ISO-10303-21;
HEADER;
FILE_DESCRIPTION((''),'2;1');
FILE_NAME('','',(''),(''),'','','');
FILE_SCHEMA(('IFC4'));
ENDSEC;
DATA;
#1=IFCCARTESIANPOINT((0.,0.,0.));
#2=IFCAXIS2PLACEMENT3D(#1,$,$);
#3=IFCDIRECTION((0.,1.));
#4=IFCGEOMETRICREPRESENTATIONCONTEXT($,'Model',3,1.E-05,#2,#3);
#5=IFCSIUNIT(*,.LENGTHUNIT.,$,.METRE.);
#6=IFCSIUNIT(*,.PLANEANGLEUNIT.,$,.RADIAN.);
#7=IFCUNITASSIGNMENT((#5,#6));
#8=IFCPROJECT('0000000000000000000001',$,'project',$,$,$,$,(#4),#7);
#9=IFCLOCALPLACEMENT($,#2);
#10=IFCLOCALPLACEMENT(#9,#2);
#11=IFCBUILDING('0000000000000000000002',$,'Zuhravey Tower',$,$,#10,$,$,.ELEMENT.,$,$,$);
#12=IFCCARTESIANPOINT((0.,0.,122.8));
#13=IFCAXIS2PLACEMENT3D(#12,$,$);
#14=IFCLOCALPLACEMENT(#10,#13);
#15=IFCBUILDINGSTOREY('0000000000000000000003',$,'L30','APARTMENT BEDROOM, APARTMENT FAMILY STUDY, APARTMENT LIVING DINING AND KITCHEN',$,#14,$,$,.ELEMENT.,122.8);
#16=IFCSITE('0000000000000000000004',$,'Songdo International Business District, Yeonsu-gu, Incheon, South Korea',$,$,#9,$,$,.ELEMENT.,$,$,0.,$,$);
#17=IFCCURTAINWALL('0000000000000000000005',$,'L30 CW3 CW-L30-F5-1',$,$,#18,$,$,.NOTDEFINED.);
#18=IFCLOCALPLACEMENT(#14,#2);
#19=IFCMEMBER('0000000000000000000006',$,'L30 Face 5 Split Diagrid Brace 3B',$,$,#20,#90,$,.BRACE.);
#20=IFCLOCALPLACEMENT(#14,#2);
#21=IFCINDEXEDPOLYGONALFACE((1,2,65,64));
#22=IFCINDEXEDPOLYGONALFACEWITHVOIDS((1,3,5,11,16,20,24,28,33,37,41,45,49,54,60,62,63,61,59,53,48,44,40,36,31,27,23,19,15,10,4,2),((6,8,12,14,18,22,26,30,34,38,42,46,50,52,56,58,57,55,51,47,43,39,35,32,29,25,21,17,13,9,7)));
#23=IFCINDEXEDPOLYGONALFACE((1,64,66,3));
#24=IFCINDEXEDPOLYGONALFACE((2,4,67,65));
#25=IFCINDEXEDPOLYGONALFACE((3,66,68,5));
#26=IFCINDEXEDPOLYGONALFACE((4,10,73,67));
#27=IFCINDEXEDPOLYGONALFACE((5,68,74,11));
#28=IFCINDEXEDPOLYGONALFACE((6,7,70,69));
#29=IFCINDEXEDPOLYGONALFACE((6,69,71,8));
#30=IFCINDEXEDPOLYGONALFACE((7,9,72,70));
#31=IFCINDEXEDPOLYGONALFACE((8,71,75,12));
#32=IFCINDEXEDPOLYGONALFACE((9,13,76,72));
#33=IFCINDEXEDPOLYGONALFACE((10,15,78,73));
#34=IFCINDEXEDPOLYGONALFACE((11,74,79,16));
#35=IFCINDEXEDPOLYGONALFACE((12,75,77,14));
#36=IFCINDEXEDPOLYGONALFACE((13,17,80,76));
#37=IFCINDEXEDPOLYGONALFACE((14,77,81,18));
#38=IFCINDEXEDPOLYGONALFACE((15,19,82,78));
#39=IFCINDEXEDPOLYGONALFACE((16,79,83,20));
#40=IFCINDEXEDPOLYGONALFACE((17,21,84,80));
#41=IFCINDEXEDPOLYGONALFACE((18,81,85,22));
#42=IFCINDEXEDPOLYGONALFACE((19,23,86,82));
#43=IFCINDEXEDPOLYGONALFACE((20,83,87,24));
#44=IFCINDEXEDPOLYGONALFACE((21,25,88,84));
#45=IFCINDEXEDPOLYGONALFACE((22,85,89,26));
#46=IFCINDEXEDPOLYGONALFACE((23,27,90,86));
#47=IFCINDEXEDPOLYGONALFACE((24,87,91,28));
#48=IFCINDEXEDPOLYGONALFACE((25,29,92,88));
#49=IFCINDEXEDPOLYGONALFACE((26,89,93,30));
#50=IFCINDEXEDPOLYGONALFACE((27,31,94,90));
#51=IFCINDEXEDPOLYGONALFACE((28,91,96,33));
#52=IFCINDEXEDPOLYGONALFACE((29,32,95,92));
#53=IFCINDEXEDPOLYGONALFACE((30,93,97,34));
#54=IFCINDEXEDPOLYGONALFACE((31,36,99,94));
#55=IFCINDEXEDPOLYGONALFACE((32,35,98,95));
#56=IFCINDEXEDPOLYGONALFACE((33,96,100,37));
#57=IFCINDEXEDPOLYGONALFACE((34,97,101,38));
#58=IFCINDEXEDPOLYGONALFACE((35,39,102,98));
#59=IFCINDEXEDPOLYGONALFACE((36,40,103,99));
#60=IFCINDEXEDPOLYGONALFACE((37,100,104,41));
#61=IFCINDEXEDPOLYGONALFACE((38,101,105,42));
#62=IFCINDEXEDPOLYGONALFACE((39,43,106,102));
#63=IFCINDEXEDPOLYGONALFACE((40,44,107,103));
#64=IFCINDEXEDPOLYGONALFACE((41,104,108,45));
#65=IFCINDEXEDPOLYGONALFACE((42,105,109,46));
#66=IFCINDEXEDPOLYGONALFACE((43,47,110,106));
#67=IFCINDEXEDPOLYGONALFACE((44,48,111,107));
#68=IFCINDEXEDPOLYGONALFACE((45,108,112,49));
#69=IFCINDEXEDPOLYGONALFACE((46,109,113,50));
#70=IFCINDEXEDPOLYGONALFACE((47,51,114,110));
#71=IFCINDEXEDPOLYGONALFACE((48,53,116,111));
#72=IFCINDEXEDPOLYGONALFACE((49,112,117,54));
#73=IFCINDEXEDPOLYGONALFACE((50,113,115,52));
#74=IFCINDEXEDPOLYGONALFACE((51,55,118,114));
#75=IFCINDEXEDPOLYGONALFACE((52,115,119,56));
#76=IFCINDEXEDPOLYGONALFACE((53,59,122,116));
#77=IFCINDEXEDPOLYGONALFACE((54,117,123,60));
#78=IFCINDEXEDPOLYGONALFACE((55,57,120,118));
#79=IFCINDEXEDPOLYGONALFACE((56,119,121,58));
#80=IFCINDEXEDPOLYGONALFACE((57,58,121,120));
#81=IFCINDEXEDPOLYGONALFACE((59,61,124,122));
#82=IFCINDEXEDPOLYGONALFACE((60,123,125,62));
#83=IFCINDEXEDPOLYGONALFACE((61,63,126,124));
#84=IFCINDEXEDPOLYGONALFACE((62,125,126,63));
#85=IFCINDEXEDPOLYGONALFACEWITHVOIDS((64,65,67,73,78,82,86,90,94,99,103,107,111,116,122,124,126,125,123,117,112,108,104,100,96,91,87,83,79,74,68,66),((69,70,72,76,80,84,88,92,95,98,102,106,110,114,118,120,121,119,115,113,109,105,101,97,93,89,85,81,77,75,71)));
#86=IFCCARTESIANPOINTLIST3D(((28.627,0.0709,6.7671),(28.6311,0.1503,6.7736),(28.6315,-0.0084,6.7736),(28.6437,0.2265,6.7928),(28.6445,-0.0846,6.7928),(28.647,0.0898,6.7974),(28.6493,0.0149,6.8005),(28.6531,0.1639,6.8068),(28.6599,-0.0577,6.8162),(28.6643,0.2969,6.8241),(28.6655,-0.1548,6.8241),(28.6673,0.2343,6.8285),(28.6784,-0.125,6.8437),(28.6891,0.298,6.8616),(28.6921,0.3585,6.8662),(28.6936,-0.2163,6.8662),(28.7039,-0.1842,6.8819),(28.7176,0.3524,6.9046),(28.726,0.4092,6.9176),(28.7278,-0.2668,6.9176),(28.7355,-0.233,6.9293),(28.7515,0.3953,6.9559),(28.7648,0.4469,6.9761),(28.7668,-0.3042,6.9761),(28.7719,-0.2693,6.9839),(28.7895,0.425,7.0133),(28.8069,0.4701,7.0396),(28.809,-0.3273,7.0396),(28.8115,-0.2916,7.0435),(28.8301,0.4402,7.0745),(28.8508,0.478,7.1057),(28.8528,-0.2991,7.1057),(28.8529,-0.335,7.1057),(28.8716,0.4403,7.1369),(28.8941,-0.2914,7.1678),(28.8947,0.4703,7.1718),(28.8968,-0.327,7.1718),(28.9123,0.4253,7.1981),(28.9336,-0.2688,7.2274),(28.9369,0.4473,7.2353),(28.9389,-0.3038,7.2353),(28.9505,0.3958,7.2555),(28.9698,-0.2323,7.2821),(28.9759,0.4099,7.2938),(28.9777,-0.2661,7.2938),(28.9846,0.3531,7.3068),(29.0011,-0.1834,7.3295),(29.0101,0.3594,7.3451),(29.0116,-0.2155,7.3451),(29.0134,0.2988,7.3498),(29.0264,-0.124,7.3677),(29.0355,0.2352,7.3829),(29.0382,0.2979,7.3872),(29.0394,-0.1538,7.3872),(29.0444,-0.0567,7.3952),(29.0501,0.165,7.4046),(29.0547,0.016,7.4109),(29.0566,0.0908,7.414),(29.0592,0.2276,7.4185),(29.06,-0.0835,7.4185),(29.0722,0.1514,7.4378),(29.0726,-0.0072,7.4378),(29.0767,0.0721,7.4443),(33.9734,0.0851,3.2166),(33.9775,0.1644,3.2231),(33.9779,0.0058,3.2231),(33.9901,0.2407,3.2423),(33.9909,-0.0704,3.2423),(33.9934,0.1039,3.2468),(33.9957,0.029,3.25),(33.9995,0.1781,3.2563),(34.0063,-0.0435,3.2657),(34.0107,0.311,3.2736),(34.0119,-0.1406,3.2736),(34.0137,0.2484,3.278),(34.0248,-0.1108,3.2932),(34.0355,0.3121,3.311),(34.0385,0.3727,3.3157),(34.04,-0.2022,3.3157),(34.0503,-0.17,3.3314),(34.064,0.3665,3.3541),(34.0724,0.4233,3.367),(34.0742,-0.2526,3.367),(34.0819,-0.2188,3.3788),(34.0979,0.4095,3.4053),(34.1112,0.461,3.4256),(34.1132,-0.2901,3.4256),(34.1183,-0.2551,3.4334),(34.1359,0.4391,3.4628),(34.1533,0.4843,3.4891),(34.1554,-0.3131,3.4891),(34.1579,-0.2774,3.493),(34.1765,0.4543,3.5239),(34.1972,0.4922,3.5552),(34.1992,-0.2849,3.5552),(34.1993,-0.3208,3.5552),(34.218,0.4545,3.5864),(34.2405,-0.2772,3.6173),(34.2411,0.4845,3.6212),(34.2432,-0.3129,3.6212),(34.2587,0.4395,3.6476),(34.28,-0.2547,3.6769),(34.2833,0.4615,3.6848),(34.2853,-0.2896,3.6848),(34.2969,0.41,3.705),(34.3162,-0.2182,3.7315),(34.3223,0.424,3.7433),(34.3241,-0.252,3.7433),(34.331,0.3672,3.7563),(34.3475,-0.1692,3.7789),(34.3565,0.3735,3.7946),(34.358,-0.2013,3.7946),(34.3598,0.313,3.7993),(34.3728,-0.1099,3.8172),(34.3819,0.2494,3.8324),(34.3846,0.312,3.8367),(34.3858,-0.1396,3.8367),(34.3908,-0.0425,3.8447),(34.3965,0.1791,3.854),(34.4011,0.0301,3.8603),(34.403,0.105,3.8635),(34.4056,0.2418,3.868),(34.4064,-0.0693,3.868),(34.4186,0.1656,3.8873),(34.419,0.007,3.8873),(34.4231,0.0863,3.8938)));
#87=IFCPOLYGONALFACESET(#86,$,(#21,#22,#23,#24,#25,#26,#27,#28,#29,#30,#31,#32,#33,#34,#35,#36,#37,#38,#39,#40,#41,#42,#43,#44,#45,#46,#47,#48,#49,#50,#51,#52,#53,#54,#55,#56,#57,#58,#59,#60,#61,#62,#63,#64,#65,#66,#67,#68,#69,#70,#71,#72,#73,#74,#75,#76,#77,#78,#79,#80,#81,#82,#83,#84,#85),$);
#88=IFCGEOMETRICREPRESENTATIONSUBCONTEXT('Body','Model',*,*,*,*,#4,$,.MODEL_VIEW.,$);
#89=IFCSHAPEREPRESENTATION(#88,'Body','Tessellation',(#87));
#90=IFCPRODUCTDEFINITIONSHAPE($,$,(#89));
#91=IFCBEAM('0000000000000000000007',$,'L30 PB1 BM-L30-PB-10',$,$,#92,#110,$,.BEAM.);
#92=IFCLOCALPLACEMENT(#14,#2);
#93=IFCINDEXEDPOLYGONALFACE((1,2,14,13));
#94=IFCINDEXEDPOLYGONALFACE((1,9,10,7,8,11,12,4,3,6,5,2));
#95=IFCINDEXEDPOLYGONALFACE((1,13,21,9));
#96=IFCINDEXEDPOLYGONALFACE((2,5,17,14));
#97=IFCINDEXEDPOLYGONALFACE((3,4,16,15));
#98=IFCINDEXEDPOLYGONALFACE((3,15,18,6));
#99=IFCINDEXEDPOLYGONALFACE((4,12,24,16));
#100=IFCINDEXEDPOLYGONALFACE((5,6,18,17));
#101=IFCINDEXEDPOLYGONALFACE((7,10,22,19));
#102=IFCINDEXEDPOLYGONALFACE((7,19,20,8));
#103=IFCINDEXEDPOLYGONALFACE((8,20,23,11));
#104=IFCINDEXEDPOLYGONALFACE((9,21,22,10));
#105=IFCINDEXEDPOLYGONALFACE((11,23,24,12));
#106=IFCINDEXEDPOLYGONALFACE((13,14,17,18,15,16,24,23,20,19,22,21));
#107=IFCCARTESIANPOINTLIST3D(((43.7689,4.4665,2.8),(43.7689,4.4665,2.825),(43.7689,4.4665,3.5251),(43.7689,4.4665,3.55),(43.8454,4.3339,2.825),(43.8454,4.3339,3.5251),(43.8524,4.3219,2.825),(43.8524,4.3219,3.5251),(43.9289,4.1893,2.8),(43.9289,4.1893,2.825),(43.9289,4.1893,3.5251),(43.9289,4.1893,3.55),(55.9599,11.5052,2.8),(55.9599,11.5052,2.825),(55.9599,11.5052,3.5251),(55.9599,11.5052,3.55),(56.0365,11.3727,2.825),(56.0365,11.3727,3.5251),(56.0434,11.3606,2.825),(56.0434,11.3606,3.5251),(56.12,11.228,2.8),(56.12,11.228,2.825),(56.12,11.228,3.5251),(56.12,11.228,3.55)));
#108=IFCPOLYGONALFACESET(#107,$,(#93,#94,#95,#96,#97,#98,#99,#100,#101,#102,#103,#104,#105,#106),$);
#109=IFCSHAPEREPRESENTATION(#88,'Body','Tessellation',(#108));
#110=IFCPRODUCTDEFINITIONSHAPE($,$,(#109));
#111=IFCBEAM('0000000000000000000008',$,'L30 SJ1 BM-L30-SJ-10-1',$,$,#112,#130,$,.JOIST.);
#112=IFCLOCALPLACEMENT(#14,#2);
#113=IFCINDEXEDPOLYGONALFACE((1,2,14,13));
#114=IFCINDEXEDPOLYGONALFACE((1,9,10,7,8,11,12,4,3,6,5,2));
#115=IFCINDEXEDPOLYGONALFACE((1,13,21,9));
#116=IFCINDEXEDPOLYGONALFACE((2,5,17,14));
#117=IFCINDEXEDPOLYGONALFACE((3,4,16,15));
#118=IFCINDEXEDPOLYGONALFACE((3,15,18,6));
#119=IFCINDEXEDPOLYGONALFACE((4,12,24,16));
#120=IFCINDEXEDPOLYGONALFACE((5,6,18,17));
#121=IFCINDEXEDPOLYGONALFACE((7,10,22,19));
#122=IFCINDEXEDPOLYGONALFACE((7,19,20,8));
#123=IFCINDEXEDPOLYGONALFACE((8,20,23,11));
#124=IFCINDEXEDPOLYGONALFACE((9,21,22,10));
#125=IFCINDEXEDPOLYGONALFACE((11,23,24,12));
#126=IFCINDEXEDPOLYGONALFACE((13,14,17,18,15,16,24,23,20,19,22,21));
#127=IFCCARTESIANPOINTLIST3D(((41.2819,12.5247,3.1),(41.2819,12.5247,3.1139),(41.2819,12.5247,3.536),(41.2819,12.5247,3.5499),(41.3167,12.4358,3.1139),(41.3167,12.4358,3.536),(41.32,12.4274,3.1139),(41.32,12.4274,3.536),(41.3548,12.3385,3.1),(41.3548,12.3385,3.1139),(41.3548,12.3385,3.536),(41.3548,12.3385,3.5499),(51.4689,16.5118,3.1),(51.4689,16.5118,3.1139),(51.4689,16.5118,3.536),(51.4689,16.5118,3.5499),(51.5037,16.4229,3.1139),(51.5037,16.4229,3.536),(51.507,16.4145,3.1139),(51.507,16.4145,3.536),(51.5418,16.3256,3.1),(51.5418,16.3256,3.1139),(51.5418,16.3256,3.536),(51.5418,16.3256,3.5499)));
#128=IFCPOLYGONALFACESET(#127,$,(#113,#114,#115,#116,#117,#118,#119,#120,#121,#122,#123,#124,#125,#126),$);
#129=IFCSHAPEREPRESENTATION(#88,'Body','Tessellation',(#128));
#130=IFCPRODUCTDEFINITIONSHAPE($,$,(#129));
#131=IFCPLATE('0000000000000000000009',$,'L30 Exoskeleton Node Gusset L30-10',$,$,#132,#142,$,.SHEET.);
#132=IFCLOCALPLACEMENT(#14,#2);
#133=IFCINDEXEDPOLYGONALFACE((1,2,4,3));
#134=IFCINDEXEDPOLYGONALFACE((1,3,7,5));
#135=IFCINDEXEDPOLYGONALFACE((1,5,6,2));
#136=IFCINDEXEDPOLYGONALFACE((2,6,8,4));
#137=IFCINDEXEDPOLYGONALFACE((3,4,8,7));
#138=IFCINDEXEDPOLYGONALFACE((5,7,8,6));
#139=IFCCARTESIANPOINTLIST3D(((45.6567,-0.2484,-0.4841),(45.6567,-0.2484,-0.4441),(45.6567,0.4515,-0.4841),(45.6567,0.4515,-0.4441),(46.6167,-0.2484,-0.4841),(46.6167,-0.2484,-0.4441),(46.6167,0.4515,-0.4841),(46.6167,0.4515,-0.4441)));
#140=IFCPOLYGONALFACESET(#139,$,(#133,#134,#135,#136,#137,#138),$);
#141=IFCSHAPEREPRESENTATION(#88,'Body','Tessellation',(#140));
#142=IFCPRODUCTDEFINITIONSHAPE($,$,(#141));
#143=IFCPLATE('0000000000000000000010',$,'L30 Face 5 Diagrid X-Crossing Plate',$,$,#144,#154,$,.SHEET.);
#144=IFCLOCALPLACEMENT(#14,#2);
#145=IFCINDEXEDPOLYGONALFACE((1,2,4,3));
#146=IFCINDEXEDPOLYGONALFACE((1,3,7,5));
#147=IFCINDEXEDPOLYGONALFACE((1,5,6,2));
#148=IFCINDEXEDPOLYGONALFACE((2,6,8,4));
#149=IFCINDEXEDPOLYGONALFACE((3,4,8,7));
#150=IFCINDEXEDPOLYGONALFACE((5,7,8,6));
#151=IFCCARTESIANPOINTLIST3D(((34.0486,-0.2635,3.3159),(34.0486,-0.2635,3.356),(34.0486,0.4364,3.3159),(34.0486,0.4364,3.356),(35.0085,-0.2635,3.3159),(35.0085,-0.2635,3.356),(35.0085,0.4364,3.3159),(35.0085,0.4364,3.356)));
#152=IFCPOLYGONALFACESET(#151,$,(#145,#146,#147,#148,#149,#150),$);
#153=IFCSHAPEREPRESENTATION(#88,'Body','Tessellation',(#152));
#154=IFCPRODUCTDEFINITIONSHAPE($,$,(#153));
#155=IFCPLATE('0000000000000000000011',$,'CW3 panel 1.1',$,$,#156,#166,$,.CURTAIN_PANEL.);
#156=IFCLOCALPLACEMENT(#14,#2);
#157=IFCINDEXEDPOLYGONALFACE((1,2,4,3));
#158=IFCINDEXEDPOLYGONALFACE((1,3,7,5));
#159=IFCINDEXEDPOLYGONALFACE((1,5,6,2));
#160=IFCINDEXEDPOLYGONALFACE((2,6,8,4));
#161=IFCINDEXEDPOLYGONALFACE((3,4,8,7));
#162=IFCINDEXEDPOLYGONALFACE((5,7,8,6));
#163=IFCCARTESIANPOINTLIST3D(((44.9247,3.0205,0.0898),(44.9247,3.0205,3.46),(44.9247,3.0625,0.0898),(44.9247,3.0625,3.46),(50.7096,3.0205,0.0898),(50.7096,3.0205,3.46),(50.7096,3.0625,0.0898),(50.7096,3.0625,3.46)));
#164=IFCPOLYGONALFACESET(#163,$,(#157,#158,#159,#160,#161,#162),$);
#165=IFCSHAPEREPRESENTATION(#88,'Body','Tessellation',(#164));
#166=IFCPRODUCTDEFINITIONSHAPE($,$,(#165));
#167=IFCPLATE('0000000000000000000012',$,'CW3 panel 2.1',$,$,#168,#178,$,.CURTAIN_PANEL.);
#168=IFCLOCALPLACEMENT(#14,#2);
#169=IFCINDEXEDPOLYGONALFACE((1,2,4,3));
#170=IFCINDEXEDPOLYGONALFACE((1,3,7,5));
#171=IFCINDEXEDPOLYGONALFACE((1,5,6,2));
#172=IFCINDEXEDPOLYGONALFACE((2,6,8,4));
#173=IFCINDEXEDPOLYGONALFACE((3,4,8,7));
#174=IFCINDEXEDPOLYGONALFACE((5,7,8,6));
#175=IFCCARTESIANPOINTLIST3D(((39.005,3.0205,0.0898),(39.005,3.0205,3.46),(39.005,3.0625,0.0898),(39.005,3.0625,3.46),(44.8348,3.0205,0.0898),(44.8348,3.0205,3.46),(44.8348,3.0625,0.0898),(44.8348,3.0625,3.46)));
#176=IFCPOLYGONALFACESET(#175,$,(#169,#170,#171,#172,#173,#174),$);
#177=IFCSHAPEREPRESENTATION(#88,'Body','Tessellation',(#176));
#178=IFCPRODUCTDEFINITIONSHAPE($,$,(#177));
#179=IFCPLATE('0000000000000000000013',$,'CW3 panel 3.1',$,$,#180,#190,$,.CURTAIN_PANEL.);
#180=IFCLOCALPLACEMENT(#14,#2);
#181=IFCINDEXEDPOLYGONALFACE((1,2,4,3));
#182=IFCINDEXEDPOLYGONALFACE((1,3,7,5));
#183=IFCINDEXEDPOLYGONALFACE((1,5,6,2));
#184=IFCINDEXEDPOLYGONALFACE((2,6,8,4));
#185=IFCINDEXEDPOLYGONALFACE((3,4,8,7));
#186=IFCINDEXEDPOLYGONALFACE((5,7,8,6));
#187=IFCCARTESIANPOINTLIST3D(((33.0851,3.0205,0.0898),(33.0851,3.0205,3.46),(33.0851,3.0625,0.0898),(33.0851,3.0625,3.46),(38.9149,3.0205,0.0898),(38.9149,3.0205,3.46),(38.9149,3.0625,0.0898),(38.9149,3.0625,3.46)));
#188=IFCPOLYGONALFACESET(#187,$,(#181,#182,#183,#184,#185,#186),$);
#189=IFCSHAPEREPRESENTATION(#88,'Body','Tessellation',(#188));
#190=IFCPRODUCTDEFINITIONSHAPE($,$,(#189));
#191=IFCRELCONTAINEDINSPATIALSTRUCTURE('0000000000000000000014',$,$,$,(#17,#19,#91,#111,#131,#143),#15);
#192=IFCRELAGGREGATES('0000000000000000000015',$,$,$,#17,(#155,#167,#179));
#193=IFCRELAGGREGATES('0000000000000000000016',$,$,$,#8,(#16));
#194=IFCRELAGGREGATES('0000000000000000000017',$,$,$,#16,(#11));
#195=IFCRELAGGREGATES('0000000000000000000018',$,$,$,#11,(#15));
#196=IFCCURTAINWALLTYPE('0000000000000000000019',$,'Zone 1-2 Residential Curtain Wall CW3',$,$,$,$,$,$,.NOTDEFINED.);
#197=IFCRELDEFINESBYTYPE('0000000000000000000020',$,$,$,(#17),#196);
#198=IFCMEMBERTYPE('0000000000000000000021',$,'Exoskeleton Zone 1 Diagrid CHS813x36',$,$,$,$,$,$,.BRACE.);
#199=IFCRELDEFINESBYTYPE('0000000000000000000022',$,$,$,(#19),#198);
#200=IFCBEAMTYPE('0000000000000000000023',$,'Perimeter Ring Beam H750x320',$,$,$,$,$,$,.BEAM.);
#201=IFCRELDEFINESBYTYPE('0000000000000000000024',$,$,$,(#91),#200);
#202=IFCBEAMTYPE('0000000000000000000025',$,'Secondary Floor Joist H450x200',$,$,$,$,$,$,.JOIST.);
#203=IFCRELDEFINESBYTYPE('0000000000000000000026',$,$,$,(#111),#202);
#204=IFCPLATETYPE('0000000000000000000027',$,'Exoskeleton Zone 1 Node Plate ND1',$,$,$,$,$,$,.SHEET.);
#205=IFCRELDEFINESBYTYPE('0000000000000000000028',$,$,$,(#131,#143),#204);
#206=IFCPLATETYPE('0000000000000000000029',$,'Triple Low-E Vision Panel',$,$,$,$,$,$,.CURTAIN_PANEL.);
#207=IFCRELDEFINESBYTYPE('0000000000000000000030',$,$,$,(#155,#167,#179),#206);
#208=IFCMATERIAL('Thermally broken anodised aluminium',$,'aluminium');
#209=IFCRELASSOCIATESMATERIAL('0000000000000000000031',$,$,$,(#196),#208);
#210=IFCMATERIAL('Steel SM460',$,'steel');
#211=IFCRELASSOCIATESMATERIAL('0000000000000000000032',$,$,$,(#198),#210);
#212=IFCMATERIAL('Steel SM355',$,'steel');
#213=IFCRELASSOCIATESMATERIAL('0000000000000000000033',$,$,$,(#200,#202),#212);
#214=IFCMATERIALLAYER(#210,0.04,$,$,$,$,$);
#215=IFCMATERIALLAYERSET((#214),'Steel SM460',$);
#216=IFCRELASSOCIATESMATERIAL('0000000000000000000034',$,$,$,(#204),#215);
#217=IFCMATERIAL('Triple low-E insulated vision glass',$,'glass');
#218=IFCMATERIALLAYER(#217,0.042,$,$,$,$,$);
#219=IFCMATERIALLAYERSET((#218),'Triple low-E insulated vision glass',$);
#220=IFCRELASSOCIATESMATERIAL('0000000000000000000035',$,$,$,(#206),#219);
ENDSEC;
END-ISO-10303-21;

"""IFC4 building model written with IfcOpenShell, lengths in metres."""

from ifc_helpers import new_model, si_unit, direction, frame, origin, origin_2d, place, context, subcontext, project, spatial, rectangle, hollow_circle, i_section, extrude, material, layer, layer_set, material_profile, profile_set, type_object, element, aggregate, save


model = new_model("IFC4")

# Units and contexts
model_context = context("Model", 3, precision=1e-05, world=origin(), true_north=direction((0.0, 1.0)))
body_context = subcontext(model_context, "Body", "Model", "MODEL_VIEW")
ifc_project = project(units=[si_unit("LENGTHUNIT", "METRE"), si_unit("PLANEANGLEUNIT", "RADIAN")], contexts=[model_context])

# Site, building, storey
site_placement = place(None, origin())
site = spatial("IfcSite", under=ifc_project, at=site_placement, Name="Songdo International Business District, Yeonsu-gu, Incheon, South Korea", CompositionType="ELEMENT", RefElevation=0.0)
building_placement = place(site_placement, origin())
building = spatial("IfcBuilding", under=site, at=building_placement, Name="Zuhravey Tower", CompositionType="ELEMENT")
storey_placement = place(building_placement, frame((0.0, 0.0, 122.8)))
storey = spatial("IfcBuildingStorey", under=building, at=storey_placement, Name="L30", Description="APARTMENT BEDROOM, APARTMENT FAMILY STUDY, APARTMENT LIVING DINING AND KITCHEN", CompositionType="ELEMENT", Elevation=122.8)

# Curtain wall
ifc_material_1 = material(Name="Thermally broken anodised aluminium", Category="aluminium")
curtain_wall_type = type_object("IfcCurtainWallType", Name="Zone 1-2 Residential Curtain Wall CW3", PredefinedType="NOTDEFINED", material=ifc_material_1)
curtain_wall_placement = place(storey_placement, origin())
curtain_wall = element("IfcCurtainWall", 1, at=curtain_wall_placement, inside=storey, type_object=curtain_wall_type, Name="L30 CW3 CW-L30-F5-1", PredefinedType="NOTDEFINED")

# Member
ifc_material_2 = material(Name="Steel SM460", Category="steel")
ifc_material_profile_1 = material_profile(ifc_material_2, hollow_circle(Radius=0.4065, WallThickness=0.0359, at=origin_2d()), Name="CHS-812.8x36")
ifc_profile_set_1 = profile_set([ifc_material_profile_1], Name="Steel SM460")
member_type_1 = type_object("IfcMemberType", Name="Exoskeleton Zone 1 Diagrid CHS813x36", PredefinedType="BRACE", material=ifc_profile_set_1)
member_1_placement = place(storey_placement, frame((34.1982, 0.0857, 3.5552), z_axis=(-0.833036, -0.002206, 0.553214), x_axis=(0.002649, -0.999996, 0.0)))
element("IfcMember", 2, at=member_1_placement, inside=storey, type_object=member_type_1, Name="L30 Face 5 Split Diagrid Brace 3B", PredefinedType="BRACE", context=body_context, shape_type="SweptSolid", body=[
    extrude(hollow_circle(Radius=0.4065, WallThickness=0.0359, at=origin_2d()), origin(), (0.0, 0.0, 1.0), 6.418),
])

# Beams
ifc_material_3 = material(Name="Steel SM355", Category="steel")
ifc_material_profile_2 = material_profile(ifc_material_3, i_section(OverallWidth=0.3201, OverallDepth=0.75, WebThickness=0.0139, FlangeThickness=0.0249, at=origin_2d()), Name="H-750x320x14x25")
ifc_profile_set_2 = profile_set([ifc_material_profile_2], Name="Steel SM355")
beam_type_1 = type_object("IfcBeamType", Name="Perimeter Ring Beam H750x320", PredefinedType="BEAM", material=ifc_profile_set_2)
beam_1_placement = place(storey_placement, frame((43.8489, 4.3279, 3.175), z_axis=(0.866018, 0.500013, 0.0), x_axis=(-0.500013, 0.866018, 0.0)))
element("IfcBeam", 3, at=beam_1_placement, inside=storey, type_object=beam_type_1, Name="L30 PB1 BM-L30-PB-10", PredefinedType="BEAM", context=body_context, shape_type="SweptSolid", body=[
    extrude(i_section(OverallWidth=0.3201, OverallDepth=0.75, WebThickness=0.0139, FlangeThickness=0.0249, at=origin_2d()), origin(), (0.0, 0.0, 1.0), 14.0771),
])
ifc_material_profile_3 = material_profile(ifc_material_3, i_section(OverallWidth=0.2, OverallDepth=0.45, WebThickness=0.009, FlangeThickness=0.0139, at=origin_2d()), Name="H-450x200x9x14")
ifc_profile_set_3 = profile_set([ifc_material_profile_3], Name="Steel SM355")
beam_type_2 = type_object("IfcBeamType", Name="Secondary Floor Joist H450x200", PredefinedType="JOIST", material=ifc_profile_set_3)
beam_2_placement = place(storey_placement, frame((41.3184, 12.4316, 3.325), z_axis=(0.931217, 0.364466, 0.0), x_axis=(-0.364466, 0.931217, 0.0)))
element("IfcBeam", 4, at=beam_2_placement, inside=storey, type_object=beam_type_2, Name="L30 SJ1 BM-L30-SJ-10-1", PredefinedType="JOIST", context=body_context, shape_type="SweptSolid", body=[
    extrude(i_section(OverallWidth=0.2, OverallDepth=0.45, WebThickness=0.009, FlangeThickness=0.0139, at=origin_2d()), origin(), (0.0, 0.0, 1.0), 10.9395),
])

# Plates
ifc_layer_1 = layer(ifc_material_2, 0.04)
ifc_layer_set_1 = layer_set([ifc_layer_1], Name="Steel SM460")
plate_type_1 = type_object("IfcPlateType", Name="Exoskeleton Zone 1 Node Plate ND1", PredefinedType="SHEET", material=ifc_layer_set_1)
for number, where, z_axis, x_axis, name in (
    (5, (46.1367, 0.1016, -0.4841), (0.0, 0.0, 1.0), (1.0, 0.0, 0.0), "L30 Exoskeleton Node Gusset L30-10"),
    (6, (34.5286, 0.0864, 3.3159), (0.0, 0.0, 1.0), (1.0, 0.0, 0.0), "L30 Face 5 Diagrid X-Crossing Plate"),
):
    element("IfcPlate", number, at=place(storey_placement, frame(where, z_axis=z_axis, x_axis=x_axis)), inside=storey, type_object=plate_type_1, Name=name, PredefinedType="SHEET", context=body_context, shape_type="SweptSolid", body=[
        extrude(rectangle(XDim=0.96, YDim=0.7, at=origin_2d()), origin(), (0.0, 0.0, 1.0), 0.04),
    ])

# Plates
ifc_material_4 = material(Name="Triple low-E insulated vision glass", Category="glass")
ifc_layer_2 = layer(ifc_material_4, 0.042)
ifc_layer_set_2 = layer_set([ifc_layer_2], Name="Triple low-E insulated vision glass")
plate_type_2 = type_object("IfcPlateType", Name="Triple Low-E Vision Panel", PredefinedType="CURTAIN_PANEL", material=ifc_layer_set_2)
plate_1_placement = place(storey_placement, frame((47.8171, 3.0415, 0.0898), z_axis=(0.0, 0.0, 1.0), x_axis=(-1.0, 0.0, 0.0)))
plate_1 = element("IfcPlate", 7, at=plate_1_placement, type_object=plate_type_2, Name="CW3 panel 1.1", PredefinedType="CURTAIN_PANEL", context=body_context, shape_type="SweptSolid", body=[
    extrude(rectangle(XDim=5.7849, YDim=0.042, at=origin_2d()), origin(), (0.0, 0.0, 1.0), 3.3701),
])
plate_2_placement = place(storey_placement, frame((41.9199, 3.0415, 0.0898), z_axis=(0.0, 0.0, 1.0), x_axis=(-1.0, 0.0, 0.0)))
plate_2 = element("IfcPlate", 8, at=plate_2_placement, type_object=plate_type_2, Name="CW3 panel 2.1", PredefinedType="CURTAIN_PANEL", context=body_context, shape_type="SweptSolid", body=[
    extrude(rectangle(XDim=5.8298, YDim=0.042, at=origin_2d()), origin(), (0.0, 0.0, 1.0), 3.3701),
])
plate_3_placement = place(storey_placement, frame((36.0, 3.0415, 0.0898), z_axis=(0.0, 0.0, 1.0), x_axis=(-1.0, 0.0, 0.0)))
plate_3 = element("IfcPlate", 9, at=plate_3_placement, type_object=plate_type_2, Name="CW3 panel 3.1", PredefinedType="CURTAIN_PANEL", context=body_context, shape_type="SweptSolid", body=[
    extrude(rectangle(XDim=5.8298, YDim=0.042, at=origin_2d()), origin(), (0.0, 0.0, 1.0), 3.3701),
])
aggregate(curtain_wall, [plate_1, plate_2, plate_3])

save(model, "model.ifc")
